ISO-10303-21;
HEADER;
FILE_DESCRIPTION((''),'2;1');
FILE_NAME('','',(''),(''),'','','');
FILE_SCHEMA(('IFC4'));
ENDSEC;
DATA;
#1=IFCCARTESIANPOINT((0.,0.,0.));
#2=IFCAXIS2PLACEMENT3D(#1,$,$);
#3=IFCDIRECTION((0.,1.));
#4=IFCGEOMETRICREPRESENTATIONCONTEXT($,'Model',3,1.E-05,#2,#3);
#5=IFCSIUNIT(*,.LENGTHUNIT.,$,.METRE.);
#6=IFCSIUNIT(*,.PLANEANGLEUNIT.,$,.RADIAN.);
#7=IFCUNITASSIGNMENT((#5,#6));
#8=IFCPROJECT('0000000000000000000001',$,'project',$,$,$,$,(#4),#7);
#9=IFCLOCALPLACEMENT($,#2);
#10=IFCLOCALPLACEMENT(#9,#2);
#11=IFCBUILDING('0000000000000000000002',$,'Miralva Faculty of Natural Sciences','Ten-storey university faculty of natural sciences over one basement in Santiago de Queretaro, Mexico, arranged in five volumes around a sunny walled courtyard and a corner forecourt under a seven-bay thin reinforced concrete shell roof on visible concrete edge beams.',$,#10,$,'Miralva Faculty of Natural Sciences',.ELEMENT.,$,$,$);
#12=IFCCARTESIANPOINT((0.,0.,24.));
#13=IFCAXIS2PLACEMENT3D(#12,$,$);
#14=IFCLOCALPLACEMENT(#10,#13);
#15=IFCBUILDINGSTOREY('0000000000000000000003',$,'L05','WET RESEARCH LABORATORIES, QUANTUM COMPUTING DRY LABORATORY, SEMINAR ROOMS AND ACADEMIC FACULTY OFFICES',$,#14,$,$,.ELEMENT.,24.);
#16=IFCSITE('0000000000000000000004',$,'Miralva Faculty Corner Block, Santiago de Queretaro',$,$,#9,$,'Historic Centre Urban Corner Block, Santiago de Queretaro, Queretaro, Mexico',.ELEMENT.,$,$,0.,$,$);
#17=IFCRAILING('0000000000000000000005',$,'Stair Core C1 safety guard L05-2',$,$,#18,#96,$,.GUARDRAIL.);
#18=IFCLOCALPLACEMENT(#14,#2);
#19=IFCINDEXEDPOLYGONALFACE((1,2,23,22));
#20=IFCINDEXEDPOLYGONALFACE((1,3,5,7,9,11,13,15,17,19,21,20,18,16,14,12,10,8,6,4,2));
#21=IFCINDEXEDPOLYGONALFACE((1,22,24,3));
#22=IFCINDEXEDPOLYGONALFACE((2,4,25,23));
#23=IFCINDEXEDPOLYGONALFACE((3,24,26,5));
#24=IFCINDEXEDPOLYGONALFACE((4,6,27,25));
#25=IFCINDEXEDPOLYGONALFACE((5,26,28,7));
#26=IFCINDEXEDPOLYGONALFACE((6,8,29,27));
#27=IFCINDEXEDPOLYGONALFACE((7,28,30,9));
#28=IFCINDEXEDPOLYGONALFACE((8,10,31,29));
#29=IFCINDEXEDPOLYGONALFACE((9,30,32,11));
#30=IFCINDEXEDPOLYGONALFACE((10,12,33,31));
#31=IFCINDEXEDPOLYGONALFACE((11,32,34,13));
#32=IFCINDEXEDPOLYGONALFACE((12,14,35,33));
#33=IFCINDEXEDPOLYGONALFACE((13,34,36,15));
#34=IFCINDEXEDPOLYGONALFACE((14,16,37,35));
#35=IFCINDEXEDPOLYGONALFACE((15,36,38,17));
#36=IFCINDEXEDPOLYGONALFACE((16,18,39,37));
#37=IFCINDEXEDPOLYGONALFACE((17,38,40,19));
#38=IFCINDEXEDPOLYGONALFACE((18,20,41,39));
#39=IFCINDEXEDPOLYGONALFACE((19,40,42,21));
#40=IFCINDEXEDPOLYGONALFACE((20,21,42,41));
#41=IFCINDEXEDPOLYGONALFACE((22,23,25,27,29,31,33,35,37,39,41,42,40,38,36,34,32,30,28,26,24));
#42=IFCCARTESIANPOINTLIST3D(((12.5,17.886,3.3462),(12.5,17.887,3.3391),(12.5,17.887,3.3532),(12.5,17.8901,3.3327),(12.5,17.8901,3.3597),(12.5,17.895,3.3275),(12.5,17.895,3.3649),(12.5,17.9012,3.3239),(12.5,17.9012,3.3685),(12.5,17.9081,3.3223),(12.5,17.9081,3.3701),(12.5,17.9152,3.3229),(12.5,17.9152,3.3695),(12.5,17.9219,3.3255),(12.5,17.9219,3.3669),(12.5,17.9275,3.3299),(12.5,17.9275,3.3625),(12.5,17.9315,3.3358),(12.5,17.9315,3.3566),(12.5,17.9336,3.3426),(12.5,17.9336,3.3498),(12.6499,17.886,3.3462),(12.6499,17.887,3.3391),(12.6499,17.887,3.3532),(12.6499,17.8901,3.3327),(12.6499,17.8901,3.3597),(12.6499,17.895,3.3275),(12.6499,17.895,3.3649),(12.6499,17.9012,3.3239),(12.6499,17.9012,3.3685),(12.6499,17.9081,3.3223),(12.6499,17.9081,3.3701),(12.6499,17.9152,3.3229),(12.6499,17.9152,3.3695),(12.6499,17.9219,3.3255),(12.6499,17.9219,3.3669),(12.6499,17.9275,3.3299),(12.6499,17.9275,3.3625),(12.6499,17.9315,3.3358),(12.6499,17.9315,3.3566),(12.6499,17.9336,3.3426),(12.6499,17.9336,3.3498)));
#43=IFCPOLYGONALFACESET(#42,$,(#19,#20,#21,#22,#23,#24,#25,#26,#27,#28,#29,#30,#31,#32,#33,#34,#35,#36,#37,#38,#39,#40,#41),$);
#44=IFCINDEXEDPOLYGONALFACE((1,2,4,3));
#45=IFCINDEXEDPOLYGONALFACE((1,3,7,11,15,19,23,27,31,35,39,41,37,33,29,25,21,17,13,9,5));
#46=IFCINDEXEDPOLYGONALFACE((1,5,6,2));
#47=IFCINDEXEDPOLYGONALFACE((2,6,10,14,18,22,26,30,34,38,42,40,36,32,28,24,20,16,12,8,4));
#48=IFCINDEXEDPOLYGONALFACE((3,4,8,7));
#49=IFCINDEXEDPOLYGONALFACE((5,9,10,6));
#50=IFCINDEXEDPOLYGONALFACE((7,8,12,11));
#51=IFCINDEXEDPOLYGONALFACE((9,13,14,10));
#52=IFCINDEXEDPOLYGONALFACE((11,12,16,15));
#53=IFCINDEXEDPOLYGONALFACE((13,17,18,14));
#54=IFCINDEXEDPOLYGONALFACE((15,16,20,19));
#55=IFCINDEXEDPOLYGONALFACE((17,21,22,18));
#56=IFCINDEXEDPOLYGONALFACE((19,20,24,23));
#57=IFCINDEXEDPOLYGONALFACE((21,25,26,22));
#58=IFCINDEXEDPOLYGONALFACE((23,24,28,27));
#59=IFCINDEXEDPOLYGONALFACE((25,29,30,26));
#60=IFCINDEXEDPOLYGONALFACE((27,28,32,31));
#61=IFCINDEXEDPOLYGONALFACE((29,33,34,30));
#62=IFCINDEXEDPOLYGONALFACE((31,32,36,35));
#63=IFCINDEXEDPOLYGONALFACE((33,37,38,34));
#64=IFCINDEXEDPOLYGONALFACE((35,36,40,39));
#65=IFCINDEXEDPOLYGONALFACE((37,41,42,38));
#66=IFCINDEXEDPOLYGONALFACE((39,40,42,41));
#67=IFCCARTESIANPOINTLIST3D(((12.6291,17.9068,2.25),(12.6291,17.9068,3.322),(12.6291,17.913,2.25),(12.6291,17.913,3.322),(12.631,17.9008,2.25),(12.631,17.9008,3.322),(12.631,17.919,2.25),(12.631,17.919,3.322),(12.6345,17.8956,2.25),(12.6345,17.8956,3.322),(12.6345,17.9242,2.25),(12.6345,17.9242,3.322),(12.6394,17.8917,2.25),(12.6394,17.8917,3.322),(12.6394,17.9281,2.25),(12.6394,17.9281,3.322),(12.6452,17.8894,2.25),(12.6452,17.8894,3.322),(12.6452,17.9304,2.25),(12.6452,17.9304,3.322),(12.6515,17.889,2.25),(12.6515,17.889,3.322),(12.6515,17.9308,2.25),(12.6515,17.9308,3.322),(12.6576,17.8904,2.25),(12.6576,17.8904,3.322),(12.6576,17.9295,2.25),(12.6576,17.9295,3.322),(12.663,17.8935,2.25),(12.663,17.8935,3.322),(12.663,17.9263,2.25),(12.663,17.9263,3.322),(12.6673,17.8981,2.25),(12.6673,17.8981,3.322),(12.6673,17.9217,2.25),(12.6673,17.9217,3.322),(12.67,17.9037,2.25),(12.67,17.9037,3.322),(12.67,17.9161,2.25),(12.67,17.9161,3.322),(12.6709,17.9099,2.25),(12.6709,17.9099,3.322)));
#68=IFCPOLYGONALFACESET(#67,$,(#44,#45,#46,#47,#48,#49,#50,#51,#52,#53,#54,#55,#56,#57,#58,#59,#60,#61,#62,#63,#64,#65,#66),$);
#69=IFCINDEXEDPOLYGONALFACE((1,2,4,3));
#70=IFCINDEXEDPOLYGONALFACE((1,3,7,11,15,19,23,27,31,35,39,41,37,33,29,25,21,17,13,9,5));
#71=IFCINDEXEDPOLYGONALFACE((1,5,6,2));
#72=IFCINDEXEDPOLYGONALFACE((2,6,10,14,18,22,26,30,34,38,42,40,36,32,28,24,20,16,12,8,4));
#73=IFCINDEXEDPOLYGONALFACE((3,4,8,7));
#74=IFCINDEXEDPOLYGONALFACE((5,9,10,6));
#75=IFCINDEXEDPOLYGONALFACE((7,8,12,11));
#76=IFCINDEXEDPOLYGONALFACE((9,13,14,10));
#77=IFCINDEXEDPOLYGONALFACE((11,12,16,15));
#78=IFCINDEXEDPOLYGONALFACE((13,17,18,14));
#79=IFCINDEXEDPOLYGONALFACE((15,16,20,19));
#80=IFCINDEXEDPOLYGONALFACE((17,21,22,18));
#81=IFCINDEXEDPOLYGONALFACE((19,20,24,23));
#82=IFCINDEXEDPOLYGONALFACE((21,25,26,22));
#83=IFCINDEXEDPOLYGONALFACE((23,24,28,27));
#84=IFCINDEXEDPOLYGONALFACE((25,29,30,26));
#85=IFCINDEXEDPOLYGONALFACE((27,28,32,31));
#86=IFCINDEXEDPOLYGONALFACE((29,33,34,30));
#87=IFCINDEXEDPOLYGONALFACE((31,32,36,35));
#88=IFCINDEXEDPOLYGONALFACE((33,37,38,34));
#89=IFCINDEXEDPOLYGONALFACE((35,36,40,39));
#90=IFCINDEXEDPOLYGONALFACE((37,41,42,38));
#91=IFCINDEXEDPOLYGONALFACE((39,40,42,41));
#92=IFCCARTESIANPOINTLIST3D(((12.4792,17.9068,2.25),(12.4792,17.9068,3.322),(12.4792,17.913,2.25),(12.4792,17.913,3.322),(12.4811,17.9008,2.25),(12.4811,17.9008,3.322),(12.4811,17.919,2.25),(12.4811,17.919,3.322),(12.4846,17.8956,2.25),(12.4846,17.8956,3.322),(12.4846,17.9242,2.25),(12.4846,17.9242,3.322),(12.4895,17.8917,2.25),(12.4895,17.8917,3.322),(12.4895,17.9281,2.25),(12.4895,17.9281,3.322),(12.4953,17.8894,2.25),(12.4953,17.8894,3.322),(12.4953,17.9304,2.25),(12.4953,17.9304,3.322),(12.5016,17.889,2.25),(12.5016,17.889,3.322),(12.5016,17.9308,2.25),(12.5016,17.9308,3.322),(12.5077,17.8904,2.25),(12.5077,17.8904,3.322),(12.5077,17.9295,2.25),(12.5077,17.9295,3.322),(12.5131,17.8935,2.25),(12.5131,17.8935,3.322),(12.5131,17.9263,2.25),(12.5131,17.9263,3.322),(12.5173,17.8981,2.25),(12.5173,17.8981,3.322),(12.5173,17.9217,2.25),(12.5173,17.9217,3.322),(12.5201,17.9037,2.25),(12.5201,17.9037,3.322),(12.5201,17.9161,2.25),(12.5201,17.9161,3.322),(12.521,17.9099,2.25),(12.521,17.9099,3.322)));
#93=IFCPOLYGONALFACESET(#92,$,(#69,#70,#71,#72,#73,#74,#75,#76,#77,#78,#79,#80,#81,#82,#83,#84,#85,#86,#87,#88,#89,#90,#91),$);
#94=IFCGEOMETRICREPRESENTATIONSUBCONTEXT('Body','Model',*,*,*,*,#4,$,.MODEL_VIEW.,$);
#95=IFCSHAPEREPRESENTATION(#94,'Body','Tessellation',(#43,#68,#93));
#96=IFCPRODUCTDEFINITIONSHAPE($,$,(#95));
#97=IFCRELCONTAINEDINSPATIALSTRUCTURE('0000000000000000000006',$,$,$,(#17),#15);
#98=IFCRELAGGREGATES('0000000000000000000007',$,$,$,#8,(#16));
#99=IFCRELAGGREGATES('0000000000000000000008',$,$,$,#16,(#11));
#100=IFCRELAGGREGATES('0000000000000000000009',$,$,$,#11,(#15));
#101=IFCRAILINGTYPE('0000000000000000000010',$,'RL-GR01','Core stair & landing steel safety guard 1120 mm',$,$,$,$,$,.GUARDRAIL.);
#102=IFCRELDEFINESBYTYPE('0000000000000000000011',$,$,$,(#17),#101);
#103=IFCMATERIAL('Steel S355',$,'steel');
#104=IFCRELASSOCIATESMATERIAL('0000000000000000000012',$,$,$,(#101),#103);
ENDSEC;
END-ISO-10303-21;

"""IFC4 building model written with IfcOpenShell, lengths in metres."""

from ifc_helpers import new_model, si_unit, direction, frame, origin, origin_2d, place, context, subcontext, project, spatial, circle, extrude, material, type_object, element, save


model = new_model("IFC4")

# Units and contexts
model_context = context("Model", 3, precision=1e-05, world=origin(), true_north=direction((0.0, 1.0)))
body_context = subcontext(model_context, "Body", "Model", "MODEL_VIEW")
ifc_project = project(units=[si_unit("LENGTHUNIT", "METRE"), si_unit("PLANEANGLEUNIT", "RADIAN")], contexts=[model_context])

# Site, building, storey
site_placement = place(None, origin())
site = spatial("IfcSite", under=ifc_project, at=site_placement, Name="Miralva Faculty Corner Block, Santiago de Queretaro", LongName="Historic Centre Urban Corner Block, Santiago de Queretaro, Queretaro, Mexico", CompositionType="ELEMENT", RefElevation=0.0)
building_placement = place(site_placement, origin())
building = spatial("IfcBuilding", under=site, at=building_placement, Name="Miralva Faculty of Natural Sciences", Description="Ten-storey university faculty of natural sciences over one basement in Santiago de Queretaro, Mexico, arranged in five volumes around a sunny walled courtyard and a corner forecourt under a seven-bay thin reinforced concrete shell roof on visible concrete edge beams.", LongName="Miralva Faculty of Natural Sciences", CompositionType="ELEMENT")
storey_placement = place(building_placement, frame((0.0, 0.0, 24.0)))
storey = spatial("IfcBuildingStorey", under=building, at=storey_placement, Name="L05", Description="WET RESEARCH LABORATORIES, QUANTUM COMPUTING DRY LABORATORY, SEMINAR ROOMS AND ACADEMIC FACULTY OFFICES", CompositionType="ELEMENT", Elevation=24.0)

# Railing
ifc_material_1 = material(Name="Steel S355", Category="steel")
railing_type_1 = type_object("IfcRailingType", Name="RL-GR01", Description="Core stair & landing steel safety guard 1120 mm", PredefinedType="GUARDRAIL", material=ifc_material_1)
railing_1_placement = place(storey_placement, frame((12.6499, 17.9099, 2.25)))
element("IfcRailing", 1, at=railing_1_placement, inside=storey, type_object=railing_type_1, Name="Stair Core C1 safety guard L05-2", PredefinedType="GUARDRAIL", context=body_context, shape_type="SweptSolid", body=[
    extrude(circle(Radius=0.0239, at=origin_2d()), frame((0.0, 0.0, 1.0962), z_axis=(-1.0, 0.0, 0.0), x_axis=(0.0, -1.0, 0.0)), (0.0, 0.0, 1.0), 0.1499),
    extrude(circle(Radius=0.021, at=origin_2d()), origin(), (0.0, 0.0, 1.0), 1.072),
    extrude(circle(Radius=0.021, at=origin_2d()), frame((-0.1499, 0.0, 0.0)), (0.0, 0.0, 1.0), 1.072),
])

save(model, "model.ifc")
